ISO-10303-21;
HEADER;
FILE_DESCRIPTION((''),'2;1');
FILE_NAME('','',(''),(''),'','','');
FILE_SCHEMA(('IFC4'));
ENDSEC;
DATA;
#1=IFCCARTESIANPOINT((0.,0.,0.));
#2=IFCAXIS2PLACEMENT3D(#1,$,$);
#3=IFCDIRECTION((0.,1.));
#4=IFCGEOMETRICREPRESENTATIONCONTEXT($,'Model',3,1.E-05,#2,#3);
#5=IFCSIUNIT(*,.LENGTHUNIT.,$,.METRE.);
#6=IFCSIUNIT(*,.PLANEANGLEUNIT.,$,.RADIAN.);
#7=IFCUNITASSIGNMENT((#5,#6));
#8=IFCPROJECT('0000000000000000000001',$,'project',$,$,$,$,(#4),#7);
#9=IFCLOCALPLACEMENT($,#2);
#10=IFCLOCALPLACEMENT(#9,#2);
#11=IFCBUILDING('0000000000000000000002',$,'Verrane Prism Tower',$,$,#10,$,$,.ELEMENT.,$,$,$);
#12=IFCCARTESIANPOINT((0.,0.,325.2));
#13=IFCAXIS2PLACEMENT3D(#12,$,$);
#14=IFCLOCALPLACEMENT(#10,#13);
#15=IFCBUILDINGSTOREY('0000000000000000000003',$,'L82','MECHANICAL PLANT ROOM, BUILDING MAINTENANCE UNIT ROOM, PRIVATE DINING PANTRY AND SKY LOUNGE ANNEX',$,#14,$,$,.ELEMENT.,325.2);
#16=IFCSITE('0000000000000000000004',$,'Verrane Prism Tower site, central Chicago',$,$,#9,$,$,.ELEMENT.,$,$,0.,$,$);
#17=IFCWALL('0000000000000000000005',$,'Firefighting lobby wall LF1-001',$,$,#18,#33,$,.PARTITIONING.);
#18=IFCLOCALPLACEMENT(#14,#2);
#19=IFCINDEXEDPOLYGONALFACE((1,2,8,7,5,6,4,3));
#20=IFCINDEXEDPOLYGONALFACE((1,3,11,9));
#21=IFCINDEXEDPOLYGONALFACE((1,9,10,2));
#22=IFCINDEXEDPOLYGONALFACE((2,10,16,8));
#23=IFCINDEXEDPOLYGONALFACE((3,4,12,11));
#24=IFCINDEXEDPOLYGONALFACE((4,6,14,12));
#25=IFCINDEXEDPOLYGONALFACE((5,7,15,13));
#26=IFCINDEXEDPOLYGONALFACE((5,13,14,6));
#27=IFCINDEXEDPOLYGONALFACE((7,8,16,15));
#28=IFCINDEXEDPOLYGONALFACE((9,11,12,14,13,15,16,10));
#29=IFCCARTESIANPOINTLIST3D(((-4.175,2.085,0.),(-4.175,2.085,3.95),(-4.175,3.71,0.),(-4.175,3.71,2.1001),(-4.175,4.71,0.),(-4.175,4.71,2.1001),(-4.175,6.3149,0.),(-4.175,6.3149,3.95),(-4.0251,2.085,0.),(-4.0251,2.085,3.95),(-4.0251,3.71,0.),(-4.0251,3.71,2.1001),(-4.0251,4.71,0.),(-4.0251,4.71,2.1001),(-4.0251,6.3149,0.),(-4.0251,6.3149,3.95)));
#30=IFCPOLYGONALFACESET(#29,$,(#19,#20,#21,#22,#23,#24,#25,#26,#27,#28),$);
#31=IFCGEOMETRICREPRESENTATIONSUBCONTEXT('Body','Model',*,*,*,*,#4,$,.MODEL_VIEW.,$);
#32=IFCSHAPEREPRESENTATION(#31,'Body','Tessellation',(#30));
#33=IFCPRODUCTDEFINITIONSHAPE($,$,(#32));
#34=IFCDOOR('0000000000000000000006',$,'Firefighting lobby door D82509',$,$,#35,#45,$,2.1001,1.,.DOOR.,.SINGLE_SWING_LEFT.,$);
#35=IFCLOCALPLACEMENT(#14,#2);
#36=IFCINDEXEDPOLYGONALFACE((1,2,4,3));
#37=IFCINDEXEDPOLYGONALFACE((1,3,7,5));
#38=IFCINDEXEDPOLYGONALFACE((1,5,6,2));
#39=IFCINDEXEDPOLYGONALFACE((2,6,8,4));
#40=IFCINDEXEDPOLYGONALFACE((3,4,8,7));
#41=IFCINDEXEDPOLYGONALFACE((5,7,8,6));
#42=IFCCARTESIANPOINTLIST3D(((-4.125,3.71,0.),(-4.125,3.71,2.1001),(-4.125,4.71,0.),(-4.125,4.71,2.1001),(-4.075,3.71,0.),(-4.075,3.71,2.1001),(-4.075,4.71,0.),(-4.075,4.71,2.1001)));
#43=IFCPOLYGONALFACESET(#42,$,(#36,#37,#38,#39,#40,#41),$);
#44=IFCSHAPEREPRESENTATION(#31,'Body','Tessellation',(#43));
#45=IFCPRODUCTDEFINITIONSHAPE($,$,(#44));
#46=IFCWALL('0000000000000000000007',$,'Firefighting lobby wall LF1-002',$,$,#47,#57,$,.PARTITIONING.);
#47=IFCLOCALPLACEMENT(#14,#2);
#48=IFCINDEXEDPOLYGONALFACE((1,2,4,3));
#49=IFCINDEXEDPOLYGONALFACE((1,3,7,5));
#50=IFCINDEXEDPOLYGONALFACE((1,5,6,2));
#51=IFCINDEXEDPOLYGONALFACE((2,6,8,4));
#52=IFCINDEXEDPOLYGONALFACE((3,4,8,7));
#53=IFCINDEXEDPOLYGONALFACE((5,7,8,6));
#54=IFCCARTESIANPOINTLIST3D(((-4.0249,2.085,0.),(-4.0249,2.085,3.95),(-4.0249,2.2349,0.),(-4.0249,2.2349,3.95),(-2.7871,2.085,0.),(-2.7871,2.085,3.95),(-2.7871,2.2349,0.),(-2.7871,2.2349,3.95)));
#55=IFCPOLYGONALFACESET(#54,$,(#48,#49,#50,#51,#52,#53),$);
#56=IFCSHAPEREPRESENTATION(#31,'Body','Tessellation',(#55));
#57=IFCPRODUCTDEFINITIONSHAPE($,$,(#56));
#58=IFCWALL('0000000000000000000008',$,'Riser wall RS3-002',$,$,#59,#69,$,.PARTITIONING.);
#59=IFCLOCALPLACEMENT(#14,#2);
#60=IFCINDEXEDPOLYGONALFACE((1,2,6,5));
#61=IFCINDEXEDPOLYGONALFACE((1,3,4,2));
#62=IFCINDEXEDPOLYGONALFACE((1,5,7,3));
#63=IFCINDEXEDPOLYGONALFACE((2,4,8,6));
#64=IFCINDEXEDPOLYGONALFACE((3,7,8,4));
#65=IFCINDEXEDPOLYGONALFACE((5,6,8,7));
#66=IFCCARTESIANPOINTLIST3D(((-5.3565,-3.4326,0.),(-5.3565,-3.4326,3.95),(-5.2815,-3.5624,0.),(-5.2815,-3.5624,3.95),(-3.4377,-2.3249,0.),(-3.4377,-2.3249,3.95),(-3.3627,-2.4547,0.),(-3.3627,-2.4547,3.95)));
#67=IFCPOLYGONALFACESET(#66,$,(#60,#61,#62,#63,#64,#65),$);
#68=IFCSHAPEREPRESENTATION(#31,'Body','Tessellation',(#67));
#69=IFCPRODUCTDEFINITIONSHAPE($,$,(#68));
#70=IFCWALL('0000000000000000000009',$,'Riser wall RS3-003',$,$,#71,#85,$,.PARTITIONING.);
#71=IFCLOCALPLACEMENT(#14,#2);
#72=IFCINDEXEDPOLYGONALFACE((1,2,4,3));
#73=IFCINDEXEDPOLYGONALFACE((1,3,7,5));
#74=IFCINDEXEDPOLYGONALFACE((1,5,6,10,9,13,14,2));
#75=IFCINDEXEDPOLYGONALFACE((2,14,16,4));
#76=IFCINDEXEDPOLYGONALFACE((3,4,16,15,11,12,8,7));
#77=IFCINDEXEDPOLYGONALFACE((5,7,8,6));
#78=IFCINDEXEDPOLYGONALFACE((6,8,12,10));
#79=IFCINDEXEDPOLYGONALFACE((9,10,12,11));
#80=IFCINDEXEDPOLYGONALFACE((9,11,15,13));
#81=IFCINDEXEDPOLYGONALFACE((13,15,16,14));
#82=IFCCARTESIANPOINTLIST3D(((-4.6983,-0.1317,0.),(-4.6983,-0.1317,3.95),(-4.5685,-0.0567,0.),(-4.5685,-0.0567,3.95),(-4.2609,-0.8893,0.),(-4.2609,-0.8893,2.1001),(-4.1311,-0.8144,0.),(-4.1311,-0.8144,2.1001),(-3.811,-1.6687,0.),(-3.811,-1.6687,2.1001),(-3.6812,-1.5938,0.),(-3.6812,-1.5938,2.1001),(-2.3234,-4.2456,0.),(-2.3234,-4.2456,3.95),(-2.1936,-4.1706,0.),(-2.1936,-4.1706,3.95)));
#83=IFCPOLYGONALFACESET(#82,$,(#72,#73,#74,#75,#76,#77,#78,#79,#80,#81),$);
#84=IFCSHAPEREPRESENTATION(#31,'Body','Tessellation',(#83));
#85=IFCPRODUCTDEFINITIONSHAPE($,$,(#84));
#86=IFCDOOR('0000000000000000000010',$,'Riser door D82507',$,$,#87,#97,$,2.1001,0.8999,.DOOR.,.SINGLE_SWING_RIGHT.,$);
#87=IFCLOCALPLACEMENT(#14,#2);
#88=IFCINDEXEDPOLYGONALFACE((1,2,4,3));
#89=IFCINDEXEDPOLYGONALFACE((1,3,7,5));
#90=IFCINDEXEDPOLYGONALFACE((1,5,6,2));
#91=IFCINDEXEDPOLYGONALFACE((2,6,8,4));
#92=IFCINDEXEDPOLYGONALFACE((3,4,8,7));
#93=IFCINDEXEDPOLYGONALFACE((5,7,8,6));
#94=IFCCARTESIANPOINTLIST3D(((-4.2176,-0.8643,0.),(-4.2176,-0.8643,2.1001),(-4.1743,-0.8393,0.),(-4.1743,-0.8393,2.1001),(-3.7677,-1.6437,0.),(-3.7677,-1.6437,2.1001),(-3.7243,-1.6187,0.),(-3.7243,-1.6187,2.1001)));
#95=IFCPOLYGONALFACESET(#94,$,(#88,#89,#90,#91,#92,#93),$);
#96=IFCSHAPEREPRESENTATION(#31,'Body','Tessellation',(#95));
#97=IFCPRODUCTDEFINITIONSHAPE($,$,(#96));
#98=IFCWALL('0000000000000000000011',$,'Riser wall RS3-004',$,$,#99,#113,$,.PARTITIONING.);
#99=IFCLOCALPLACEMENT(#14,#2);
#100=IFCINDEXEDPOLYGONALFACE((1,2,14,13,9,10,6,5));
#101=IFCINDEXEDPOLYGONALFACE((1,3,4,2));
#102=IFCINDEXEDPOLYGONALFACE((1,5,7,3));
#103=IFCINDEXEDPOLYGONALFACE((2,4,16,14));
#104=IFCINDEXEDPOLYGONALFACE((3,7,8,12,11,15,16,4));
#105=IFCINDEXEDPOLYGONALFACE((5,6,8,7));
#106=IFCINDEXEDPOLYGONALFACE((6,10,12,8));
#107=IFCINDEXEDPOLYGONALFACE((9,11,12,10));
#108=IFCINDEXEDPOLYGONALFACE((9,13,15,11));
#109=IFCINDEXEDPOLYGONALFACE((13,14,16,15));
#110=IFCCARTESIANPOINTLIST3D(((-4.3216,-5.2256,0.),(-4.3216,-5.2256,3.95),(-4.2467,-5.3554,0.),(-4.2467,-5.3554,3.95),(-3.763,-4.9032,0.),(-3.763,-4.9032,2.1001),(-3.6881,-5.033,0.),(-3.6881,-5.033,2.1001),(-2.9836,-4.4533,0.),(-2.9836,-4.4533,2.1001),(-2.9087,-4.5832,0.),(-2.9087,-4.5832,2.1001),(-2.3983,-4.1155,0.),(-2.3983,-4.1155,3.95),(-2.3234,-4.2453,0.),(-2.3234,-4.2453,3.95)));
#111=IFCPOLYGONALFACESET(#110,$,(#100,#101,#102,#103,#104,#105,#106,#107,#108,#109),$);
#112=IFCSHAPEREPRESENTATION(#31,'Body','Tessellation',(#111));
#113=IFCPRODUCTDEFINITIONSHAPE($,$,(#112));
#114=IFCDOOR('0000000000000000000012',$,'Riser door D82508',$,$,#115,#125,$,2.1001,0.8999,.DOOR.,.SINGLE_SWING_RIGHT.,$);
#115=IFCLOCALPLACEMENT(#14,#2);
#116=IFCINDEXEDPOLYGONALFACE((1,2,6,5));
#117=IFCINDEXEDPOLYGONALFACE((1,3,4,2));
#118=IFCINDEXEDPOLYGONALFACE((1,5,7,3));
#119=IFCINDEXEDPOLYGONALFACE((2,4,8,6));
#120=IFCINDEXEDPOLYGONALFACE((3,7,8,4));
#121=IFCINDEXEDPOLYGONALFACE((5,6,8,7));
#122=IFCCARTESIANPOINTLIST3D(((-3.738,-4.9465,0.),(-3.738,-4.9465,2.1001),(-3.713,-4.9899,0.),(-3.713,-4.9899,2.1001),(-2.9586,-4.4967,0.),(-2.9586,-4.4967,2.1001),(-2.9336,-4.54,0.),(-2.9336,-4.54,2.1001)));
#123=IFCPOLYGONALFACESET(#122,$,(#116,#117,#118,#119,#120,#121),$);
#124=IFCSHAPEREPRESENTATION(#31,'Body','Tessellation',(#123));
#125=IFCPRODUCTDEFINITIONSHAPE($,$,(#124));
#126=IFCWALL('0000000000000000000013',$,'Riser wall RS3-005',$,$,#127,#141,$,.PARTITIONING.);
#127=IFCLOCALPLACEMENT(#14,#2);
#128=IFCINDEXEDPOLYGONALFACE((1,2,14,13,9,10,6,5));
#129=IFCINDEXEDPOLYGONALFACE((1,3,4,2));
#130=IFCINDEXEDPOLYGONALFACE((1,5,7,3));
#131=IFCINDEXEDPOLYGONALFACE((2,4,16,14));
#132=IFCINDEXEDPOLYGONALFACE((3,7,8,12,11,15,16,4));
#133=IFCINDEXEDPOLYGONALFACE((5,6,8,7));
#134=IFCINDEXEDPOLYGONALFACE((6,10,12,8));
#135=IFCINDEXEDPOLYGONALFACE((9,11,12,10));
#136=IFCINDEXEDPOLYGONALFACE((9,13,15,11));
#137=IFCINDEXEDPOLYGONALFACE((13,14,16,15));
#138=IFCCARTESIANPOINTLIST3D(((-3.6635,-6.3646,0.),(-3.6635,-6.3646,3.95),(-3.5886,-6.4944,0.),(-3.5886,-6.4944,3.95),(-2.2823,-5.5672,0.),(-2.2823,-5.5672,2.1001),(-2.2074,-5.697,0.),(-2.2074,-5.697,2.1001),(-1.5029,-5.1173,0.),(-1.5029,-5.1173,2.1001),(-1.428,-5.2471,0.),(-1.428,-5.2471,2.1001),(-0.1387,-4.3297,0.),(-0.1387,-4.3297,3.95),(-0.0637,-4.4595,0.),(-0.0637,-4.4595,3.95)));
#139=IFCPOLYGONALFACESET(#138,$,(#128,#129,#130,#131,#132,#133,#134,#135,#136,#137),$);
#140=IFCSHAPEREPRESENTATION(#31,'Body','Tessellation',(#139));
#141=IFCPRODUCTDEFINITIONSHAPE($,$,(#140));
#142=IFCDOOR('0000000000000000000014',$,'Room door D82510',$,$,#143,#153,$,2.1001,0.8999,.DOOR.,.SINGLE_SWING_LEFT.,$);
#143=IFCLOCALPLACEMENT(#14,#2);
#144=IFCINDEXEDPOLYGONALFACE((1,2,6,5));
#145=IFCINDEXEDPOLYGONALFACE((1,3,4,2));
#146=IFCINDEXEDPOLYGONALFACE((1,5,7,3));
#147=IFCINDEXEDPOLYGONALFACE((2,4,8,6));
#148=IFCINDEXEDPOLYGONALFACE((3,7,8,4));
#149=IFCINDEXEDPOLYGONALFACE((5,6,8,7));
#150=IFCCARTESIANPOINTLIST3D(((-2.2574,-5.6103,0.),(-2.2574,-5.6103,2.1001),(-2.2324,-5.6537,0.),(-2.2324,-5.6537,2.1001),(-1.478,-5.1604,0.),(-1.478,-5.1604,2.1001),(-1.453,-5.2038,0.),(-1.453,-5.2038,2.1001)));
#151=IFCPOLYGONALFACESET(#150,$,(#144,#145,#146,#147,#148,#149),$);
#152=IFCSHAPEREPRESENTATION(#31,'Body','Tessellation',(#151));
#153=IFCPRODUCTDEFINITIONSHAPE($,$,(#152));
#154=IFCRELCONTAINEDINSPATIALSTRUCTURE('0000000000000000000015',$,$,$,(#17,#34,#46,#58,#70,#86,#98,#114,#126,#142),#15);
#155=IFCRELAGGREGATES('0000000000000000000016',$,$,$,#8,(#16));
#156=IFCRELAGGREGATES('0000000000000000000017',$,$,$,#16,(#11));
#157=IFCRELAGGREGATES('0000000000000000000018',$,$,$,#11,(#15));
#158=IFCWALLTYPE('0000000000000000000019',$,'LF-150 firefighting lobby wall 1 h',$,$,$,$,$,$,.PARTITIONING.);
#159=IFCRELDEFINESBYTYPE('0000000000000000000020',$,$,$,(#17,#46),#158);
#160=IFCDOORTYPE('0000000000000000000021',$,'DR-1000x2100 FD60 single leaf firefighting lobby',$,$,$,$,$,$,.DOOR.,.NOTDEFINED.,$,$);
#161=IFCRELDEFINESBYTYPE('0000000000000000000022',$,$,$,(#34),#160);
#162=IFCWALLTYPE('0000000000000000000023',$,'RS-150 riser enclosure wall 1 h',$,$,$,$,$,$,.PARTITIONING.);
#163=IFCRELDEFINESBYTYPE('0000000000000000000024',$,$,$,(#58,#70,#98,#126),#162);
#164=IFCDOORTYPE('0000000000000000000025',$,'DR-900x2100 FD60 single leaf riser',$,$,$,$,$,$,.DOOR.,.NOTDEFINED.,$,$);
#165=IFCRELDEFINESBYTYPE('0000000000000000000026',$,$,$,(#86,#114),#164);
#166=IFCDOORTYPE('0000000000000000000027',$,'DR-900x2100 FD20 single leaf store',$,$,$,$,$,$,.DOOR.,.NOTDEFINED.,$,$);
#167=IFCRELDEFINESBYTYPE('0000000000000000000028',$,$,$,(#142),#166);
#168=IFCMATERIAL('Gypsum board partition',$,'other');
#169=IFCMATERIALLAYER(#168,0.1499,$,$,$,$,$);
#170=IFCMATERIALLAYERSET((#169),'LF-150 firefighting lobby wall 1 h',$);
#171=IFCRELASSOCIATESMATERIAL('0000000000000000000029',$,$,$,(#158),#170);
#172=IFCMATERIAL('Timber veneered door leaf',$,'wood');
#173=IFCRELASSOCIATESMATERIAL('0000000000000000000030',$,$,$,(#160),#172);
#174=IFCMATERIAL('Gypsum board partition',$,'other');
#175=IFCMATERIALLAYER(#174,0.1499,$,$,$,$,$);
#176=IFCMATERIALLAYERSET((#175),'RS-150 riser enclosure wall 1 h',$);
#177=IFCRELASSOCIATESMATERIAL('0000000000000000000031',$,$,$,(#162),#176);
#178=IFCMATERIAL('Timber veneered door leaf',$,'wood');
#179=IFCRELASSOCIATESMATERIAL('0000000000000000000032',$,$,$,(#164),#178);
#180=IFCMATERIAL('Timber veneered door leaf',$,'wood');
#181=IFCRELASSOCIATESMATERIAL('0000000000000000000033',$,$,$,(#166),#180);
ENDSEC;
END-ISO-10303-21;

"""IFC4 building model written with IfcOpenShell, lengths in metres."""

from ifc_helpers import new_model, si_unit, direction, frame, frame_2d, origin, place, context, subcontext, project, spatial, rectangle, extrude, material, layer, layer_set, type_object, element, fill, save


model = new_model("IFC4")

# Units and contexts
model_context = context("Model", 3, precision=1e-05, world=origin(), true_north=direction((0.0, 1.0)))
body_context = subcontext(model_context, "Body", "Model", "MODEL_VIEW")
ifc_project = project(units=[si_unit("LENGTHUNIT", "METRE"), si_unit("PLANEANGLEUNIT", "RADIAN")], contexts=[model_context])

# Site, building, storey
site_placement = place(None, origin())
site = spatial("IfcSite", under=ifc_project, at=site_placement, Name="Verrane Prism Tower site, central Chicago", CompositionType="ELEMENT", RefElevation=0.0)
building_placement = place(site_placement, origin())
building = spatial("IfcBuilding", under=site, at=building_placement, Name="Verrane Prism Tower", CompositionType="ELEMENT")
storey_placement = place(building_placement, frame((0.0, 0.0, 325.2)))
storey = spatial("IfcBuildingStorey", under=building, at=storey_placement, Name="L82", Description="MECHANICAL PLANT ROOM, BUILDING MAINTENANCE UNIT ROOM, PRIVATE DINING PANTRY AND SKY LOUNGE ANNEX", CompositionType="ELEMENT", Elevation=325.2)

# Wall, opening, door
ifc_material_1 = material(Name="Gypsum board partition", Category="other")
ifc_layer_1 = layer(ifc_material_1, 0.1499)
ifc_layer_set_1 = layer_set([ifc_layer_1], Name="LF-150 firefighting lobby wall 1 h")
wall_type_1 = type_object("IfcWallType", Name="LF-150 firefighting lobby wall 1 h", PredefinedType="PARTITIONING", material=ifc_layer_set_1)
wall_1_placement = place(storey_placement, frame((-4.1001, 2.085, 0.0), z_axis=(0.0, 0.0, 1.0), x_axis=(0.0, 1.0, 0.0)))
wall_1 = element("IfcWall", 1, at=wall_1_placement, inside=storey, type_object=wall_type_1, Name="Firefighting lobby wall LF1-001", PredefinedType="PARTITIONING", context=body_context, shape_type="SweptSolid", body=[
    extrude(rectangle(XDim=4.23, YDim=0.1499, at=frame_2d((2.115, 0.0))), origin(), (0.0, 0.0, 1.0), 3.95),
])
opening_1_placement = place(wall_1_placement, frame((1.625, 0.0, 0.0)))
opening_1 = element("IfcOpeningElement", 2, at=opening_1_placement, cuts=wall_1, PredefinedType="OPENING", context=body_context, shape_type="SweptSolid", body=[
    extrude(rectangle(XDim=1.0, YDim=2.1001, at=frame_2d((0.5, 1.05))), frame((0.0, 0.085, 0.0), z_axis=(0.0, -1.0, 0.0), x_axis=(1.0, 0.0, 0.0)), (0.0, 0.0, 1.0), 0.1699),
])
ifc_material_2 = material(Name="Timber veneered door leaf", Category="wood")
door_type_1 = type_object("IfcDoorType", Name="DR-1000x2100 FD60 single leaf firefighting lobby", OperationType="NOTDEFINED", PredefinedType="DOOR", material=ifc_material_2)
door_1_placement = place(opening_1_placement, origin())
door_1 = element("IfcDoor", 3, at=door_1_placement, inside=storey, type_object=door_type_1, Name="Firefighting lobby door D82509", OperationType="SINGLE_SWING_LEFT", OverallHeight=2.1001, OverallWidth=1.0, PredefinedType="DOOR", context=body_context, shape_type="SweptSolid", body=[
    extrude(rectangle(XDim=1.0, YDim=2.1001, at=frame_2d((0.5, 1.05))), frame((0.0, 0.0249, 0.0), z_axis=(0.0, -1.0, 0.0), x_axis=(1.0, 0.0, 0.0)), (0.0, 0.0, 1.0), 0.05),
])
fill(opening_1, door_1)

# Walls
wall_2_placement = place(storey_placement, frame((-4.0249, 2.1599, 0.0), z_axis=(0.0, 0.0, 1.0), x_axis=(1.0, 0.0, 0.0)))
element("IfcWall", 4, at=wall_2_placement, inside=storey, type_object=wall_type_1, Name="Firefighting lobby wall LF1-002", PredefinedType="PARTITIONING", context=body_context, shape_type="SweptSolid", body=[
    extrude(rectangle(XDim=1.2378, YDim=0.1499, at=frame_2d((0.6189, 0.0))), origin(), (0.0, 0.0, 1.0), 3.95),
])
ifc_material_3 = material(Name="Gypsum board partition", Category="other")
ifc_layer_2 = layer(ifc_material_3, 0.1499)
ifc_layer_set_2 = layer_set([ifc_layer_2], Name="RS-150 riser enclosure wall 1 h")
wall_type_2 = type_object("IfcWallType", Name="RS-150 riser enclosure wall 1 h", PredefinedType="PARTITIONING", material=ifc_layer_set_2)
wall_3_placement = place(storey_placement, frame((-5.3191, -3.4976, 0.0), z_axis=(0.0, 0.0, 1.0), x_axis=(0.866044, 0.499967, 0.0)))
element("IfcWall", 5, at=wall_3_placement, inside=storey, type_object=wall_type_2, Name="Riser wall RS3-002", PredefinedType="PARTITIONING", context=body_context, shape_type="SweptSolid", body=[
    extrude(rectangle(XDim=2.2156, YDim=0.1499, at=frame_2d((1.1079, 0.0))), origin(), (0.0, 0.0, 1.0), 3.95),
])

# Walls, openings, doors
wall_4_placement = place(storey_placement, frame((-2.2585, -4.208, 0.0), z_axis=(0.0, 0.0, 1.0), x_axis=(-0.499964, 0.866046, 0.0)))
wall_4 = element("IfcWall", 6, at=wall_4_placement, inside=storey, type_object=wall_type_2, Name="Riser wall RS3-003", PredefinedType="PARTITIONING", context=body_context, shape_type="SweptSolid", body=[
    extrude(rectangle(XDim=4.7502, YDim=0.1499, at=frame_2d((2.375, 0.0))), origin(), (0.0, 0.0, 1.0), 3.95),
])
opening_2_placement = place(wall_4_placement, frame((2.9753, 0.0, 0.0)))
opening_2 = element("IfcOpeningElement", 7, at=opening_2_placement, cuts=wall_4, PredefinedType="OPENING", context=body_context, shape_type="SweptSolid", body=[
    extrude(rectangle(XDim=0.8999, YDim=2.1001, at=frame_2d((0.45, 1.05))), frame((0.0, 0.085, 0.0), z_axis=(0.0, -1.0, 0.0), x_axis=(1.0, 0.0, 0.0)), (0.0, 0.0, 1.0), 0.1699),
])
ifc_material_4 = material(Name="Timber veneered door leaf", Category="wood")
door_type_2 = type_object("IfcDoorType", Name="DR-900x2100 FD60 single leaf riser", OperationType="NOTDEFINED", PredefinedType="DOOR", material=ifc_material_4)
door_2_placement = place(opening_2_placement, origin())
door_2 = element("IfcDoor", 8, at=door_2_placement, inside=storey, type_object=door_type_2, Name="Riser door D82507", OperationType="SINGLE_SWING_RIGHT", OverallHeight=2.1001, OverallWidth=0.8999, PredefinedType="DOOR", context=body_context, shape_type="SweptSolid", body=[
    extrude(rectangle(XDim=0.8999, YDim=2.1001, at=frame_2d((0.45, 1.05))), frame((0.0, 0.0249, 0.0), z_axis=(0.0, -1.0, 0.0), x_axis=(1.0, 0.0, 0.0)), (0.0, 0.0, 1.0), 0.05),
])
fill(opening_2, door_2)
wall_5_placement = place(storey_placement, frame((-4.2842, -5.2905, 0.0), z_axis=(0.0, 0.0, 1.0), x_axis=(0.86609, 0.499887, 0.0)))
wall_5 = element("IfcWall", 9, at=wall_5_placement, inside=storey, type_object=wall_type_2, Name="Riser wall RS3-004", PredefinedType="PARTITIONING", context=body_context, shape_type="SweptSolid", body=[
    extrude(rectangle(XDim=2.2207, YDim=0.1499, at=frame_2d((1.1104, 0.0))), origin(), (0.0, 0.0, 1.0), 3.95),
])
opening_3_placement = place(wall_5_placement, frame((0.645, 0.0, 0.0)))
opening_3 = element("IfcOpeningElement", 10, at=opening_3_placement, cuts=wall_5, PredefinedType="OPENING", context=body_context, shape_type="SweptSolid", body=[
    extrude(rectangle(XDim=0.8999, YDim=2.1001, at=frame_2d((0.45, 1.05))), frame((0.0, 0.085, 0.0), z_axis=(0.0, -1.0, 0.0), x_axis=(1.0, 0.0, 0.0)), (0.0, 0.0, 1.0), 0.1699),
])
door_3_placement = place(opening_3_placement, origin())
door_3 = element("IfcDoor", 11, at=door_3_placement, inside=storey, type_object=door_type_2, Name="Riser door D82508", OperationType="SINGLE_SWING_RIGHT", OverallHeight=2.1001, OverallWidth=0.8999, PredefinedType="DOOR", context=body_context, shape_type="SweptSolid", body=[
    extrude(rectangle(XDim=0.8999, YDim=2.1001, at=frame_2d((0.45, 1.05))), frame((0.0, 0.0249, 0.0), z_axis=(0.0, -1.0, 0.0), x_axis=(1.0, 0.0, 0.0)), (0.0, 0.0, 1.0), 0.05),
])
fill(opening_3, door_3)
wall_6_placement = place(storey_placement, frame((-0.1011, -4.3945, 0.0), z_axis=(0.0, 0.0, 1.0), x_axis=(-0.866046, -0.499965, 0.0)))
wall_6 = element("IfcWall", 12, at=wall_6_placement, inside=storey, type_object=wall_type_2, Name="Riser wall RS3-005", PredefinedType="PARTITIONING", context=body_context, shape_type="SweptSolid", body=[
    extrude(rectangle(XDim=4.0701, YDim=0.1499, at=frame_2d((2.0352, 0.0))), origin(), (0.0, 0.0, 1.0), 3.95),
])
opening_4_placement = place(wall_6_placement, frame((1.5754, 0.0, 0.0)))
opening_4 = element("IfcOpeningElement", 13, at=opening_4_placement, cuts=wall_6, PredefinedType="OPENING", context=body_context, shape_type="SweptSolid", body=[
    extrude(rectangle(XDim=0.8999, YDim=2.1001, at=frame_2d((0.45, 1.05))), frame((0.0, 0.085, 0.0), z_axis=(0.0, -1.0, 0.0), x_axis=(1.0, 0.0, 0.0)), (0.0, 0.0, 1.0), 0.1699),
])
ifc_material_5 = material(Name="Timber veneered door leaf", Category="wood")
door_type_3 = type_object("IfcDoorType", Name="DR-900x2100 FD20 single leaf store", OperationType="NOTDEFINED", PredefinedType="DOOR", material=ifc_material_5)
door_4_placement = place(opening_4_placement, origin())
door_4 = element("IfcDoor", 14, at=door_4_placement, inside=storey, type_object=door_type_3, Name="Room door D82510", OperationType="SINGLE_SWING_LEFT", OverallHeight=2.1001, OverallWidth=0.8999, PredefinedType="DOOR", context=body_context, shape_type="SweptSolid", body=[
    extrude(rectangle(XDim=0.8999, YDim=2.1001, at=frame_2d((0.45, 1.05))), frame((0.0, 0.0249, 0.0), z_axis=(0.0, -1.0, 0.0), x_axis=(1.0, 0.0, 0.0)), (0.0, 0.0, 1.0), 0.05),
])
fill(opening_4, door_4)

save(model, "model.ifc")
